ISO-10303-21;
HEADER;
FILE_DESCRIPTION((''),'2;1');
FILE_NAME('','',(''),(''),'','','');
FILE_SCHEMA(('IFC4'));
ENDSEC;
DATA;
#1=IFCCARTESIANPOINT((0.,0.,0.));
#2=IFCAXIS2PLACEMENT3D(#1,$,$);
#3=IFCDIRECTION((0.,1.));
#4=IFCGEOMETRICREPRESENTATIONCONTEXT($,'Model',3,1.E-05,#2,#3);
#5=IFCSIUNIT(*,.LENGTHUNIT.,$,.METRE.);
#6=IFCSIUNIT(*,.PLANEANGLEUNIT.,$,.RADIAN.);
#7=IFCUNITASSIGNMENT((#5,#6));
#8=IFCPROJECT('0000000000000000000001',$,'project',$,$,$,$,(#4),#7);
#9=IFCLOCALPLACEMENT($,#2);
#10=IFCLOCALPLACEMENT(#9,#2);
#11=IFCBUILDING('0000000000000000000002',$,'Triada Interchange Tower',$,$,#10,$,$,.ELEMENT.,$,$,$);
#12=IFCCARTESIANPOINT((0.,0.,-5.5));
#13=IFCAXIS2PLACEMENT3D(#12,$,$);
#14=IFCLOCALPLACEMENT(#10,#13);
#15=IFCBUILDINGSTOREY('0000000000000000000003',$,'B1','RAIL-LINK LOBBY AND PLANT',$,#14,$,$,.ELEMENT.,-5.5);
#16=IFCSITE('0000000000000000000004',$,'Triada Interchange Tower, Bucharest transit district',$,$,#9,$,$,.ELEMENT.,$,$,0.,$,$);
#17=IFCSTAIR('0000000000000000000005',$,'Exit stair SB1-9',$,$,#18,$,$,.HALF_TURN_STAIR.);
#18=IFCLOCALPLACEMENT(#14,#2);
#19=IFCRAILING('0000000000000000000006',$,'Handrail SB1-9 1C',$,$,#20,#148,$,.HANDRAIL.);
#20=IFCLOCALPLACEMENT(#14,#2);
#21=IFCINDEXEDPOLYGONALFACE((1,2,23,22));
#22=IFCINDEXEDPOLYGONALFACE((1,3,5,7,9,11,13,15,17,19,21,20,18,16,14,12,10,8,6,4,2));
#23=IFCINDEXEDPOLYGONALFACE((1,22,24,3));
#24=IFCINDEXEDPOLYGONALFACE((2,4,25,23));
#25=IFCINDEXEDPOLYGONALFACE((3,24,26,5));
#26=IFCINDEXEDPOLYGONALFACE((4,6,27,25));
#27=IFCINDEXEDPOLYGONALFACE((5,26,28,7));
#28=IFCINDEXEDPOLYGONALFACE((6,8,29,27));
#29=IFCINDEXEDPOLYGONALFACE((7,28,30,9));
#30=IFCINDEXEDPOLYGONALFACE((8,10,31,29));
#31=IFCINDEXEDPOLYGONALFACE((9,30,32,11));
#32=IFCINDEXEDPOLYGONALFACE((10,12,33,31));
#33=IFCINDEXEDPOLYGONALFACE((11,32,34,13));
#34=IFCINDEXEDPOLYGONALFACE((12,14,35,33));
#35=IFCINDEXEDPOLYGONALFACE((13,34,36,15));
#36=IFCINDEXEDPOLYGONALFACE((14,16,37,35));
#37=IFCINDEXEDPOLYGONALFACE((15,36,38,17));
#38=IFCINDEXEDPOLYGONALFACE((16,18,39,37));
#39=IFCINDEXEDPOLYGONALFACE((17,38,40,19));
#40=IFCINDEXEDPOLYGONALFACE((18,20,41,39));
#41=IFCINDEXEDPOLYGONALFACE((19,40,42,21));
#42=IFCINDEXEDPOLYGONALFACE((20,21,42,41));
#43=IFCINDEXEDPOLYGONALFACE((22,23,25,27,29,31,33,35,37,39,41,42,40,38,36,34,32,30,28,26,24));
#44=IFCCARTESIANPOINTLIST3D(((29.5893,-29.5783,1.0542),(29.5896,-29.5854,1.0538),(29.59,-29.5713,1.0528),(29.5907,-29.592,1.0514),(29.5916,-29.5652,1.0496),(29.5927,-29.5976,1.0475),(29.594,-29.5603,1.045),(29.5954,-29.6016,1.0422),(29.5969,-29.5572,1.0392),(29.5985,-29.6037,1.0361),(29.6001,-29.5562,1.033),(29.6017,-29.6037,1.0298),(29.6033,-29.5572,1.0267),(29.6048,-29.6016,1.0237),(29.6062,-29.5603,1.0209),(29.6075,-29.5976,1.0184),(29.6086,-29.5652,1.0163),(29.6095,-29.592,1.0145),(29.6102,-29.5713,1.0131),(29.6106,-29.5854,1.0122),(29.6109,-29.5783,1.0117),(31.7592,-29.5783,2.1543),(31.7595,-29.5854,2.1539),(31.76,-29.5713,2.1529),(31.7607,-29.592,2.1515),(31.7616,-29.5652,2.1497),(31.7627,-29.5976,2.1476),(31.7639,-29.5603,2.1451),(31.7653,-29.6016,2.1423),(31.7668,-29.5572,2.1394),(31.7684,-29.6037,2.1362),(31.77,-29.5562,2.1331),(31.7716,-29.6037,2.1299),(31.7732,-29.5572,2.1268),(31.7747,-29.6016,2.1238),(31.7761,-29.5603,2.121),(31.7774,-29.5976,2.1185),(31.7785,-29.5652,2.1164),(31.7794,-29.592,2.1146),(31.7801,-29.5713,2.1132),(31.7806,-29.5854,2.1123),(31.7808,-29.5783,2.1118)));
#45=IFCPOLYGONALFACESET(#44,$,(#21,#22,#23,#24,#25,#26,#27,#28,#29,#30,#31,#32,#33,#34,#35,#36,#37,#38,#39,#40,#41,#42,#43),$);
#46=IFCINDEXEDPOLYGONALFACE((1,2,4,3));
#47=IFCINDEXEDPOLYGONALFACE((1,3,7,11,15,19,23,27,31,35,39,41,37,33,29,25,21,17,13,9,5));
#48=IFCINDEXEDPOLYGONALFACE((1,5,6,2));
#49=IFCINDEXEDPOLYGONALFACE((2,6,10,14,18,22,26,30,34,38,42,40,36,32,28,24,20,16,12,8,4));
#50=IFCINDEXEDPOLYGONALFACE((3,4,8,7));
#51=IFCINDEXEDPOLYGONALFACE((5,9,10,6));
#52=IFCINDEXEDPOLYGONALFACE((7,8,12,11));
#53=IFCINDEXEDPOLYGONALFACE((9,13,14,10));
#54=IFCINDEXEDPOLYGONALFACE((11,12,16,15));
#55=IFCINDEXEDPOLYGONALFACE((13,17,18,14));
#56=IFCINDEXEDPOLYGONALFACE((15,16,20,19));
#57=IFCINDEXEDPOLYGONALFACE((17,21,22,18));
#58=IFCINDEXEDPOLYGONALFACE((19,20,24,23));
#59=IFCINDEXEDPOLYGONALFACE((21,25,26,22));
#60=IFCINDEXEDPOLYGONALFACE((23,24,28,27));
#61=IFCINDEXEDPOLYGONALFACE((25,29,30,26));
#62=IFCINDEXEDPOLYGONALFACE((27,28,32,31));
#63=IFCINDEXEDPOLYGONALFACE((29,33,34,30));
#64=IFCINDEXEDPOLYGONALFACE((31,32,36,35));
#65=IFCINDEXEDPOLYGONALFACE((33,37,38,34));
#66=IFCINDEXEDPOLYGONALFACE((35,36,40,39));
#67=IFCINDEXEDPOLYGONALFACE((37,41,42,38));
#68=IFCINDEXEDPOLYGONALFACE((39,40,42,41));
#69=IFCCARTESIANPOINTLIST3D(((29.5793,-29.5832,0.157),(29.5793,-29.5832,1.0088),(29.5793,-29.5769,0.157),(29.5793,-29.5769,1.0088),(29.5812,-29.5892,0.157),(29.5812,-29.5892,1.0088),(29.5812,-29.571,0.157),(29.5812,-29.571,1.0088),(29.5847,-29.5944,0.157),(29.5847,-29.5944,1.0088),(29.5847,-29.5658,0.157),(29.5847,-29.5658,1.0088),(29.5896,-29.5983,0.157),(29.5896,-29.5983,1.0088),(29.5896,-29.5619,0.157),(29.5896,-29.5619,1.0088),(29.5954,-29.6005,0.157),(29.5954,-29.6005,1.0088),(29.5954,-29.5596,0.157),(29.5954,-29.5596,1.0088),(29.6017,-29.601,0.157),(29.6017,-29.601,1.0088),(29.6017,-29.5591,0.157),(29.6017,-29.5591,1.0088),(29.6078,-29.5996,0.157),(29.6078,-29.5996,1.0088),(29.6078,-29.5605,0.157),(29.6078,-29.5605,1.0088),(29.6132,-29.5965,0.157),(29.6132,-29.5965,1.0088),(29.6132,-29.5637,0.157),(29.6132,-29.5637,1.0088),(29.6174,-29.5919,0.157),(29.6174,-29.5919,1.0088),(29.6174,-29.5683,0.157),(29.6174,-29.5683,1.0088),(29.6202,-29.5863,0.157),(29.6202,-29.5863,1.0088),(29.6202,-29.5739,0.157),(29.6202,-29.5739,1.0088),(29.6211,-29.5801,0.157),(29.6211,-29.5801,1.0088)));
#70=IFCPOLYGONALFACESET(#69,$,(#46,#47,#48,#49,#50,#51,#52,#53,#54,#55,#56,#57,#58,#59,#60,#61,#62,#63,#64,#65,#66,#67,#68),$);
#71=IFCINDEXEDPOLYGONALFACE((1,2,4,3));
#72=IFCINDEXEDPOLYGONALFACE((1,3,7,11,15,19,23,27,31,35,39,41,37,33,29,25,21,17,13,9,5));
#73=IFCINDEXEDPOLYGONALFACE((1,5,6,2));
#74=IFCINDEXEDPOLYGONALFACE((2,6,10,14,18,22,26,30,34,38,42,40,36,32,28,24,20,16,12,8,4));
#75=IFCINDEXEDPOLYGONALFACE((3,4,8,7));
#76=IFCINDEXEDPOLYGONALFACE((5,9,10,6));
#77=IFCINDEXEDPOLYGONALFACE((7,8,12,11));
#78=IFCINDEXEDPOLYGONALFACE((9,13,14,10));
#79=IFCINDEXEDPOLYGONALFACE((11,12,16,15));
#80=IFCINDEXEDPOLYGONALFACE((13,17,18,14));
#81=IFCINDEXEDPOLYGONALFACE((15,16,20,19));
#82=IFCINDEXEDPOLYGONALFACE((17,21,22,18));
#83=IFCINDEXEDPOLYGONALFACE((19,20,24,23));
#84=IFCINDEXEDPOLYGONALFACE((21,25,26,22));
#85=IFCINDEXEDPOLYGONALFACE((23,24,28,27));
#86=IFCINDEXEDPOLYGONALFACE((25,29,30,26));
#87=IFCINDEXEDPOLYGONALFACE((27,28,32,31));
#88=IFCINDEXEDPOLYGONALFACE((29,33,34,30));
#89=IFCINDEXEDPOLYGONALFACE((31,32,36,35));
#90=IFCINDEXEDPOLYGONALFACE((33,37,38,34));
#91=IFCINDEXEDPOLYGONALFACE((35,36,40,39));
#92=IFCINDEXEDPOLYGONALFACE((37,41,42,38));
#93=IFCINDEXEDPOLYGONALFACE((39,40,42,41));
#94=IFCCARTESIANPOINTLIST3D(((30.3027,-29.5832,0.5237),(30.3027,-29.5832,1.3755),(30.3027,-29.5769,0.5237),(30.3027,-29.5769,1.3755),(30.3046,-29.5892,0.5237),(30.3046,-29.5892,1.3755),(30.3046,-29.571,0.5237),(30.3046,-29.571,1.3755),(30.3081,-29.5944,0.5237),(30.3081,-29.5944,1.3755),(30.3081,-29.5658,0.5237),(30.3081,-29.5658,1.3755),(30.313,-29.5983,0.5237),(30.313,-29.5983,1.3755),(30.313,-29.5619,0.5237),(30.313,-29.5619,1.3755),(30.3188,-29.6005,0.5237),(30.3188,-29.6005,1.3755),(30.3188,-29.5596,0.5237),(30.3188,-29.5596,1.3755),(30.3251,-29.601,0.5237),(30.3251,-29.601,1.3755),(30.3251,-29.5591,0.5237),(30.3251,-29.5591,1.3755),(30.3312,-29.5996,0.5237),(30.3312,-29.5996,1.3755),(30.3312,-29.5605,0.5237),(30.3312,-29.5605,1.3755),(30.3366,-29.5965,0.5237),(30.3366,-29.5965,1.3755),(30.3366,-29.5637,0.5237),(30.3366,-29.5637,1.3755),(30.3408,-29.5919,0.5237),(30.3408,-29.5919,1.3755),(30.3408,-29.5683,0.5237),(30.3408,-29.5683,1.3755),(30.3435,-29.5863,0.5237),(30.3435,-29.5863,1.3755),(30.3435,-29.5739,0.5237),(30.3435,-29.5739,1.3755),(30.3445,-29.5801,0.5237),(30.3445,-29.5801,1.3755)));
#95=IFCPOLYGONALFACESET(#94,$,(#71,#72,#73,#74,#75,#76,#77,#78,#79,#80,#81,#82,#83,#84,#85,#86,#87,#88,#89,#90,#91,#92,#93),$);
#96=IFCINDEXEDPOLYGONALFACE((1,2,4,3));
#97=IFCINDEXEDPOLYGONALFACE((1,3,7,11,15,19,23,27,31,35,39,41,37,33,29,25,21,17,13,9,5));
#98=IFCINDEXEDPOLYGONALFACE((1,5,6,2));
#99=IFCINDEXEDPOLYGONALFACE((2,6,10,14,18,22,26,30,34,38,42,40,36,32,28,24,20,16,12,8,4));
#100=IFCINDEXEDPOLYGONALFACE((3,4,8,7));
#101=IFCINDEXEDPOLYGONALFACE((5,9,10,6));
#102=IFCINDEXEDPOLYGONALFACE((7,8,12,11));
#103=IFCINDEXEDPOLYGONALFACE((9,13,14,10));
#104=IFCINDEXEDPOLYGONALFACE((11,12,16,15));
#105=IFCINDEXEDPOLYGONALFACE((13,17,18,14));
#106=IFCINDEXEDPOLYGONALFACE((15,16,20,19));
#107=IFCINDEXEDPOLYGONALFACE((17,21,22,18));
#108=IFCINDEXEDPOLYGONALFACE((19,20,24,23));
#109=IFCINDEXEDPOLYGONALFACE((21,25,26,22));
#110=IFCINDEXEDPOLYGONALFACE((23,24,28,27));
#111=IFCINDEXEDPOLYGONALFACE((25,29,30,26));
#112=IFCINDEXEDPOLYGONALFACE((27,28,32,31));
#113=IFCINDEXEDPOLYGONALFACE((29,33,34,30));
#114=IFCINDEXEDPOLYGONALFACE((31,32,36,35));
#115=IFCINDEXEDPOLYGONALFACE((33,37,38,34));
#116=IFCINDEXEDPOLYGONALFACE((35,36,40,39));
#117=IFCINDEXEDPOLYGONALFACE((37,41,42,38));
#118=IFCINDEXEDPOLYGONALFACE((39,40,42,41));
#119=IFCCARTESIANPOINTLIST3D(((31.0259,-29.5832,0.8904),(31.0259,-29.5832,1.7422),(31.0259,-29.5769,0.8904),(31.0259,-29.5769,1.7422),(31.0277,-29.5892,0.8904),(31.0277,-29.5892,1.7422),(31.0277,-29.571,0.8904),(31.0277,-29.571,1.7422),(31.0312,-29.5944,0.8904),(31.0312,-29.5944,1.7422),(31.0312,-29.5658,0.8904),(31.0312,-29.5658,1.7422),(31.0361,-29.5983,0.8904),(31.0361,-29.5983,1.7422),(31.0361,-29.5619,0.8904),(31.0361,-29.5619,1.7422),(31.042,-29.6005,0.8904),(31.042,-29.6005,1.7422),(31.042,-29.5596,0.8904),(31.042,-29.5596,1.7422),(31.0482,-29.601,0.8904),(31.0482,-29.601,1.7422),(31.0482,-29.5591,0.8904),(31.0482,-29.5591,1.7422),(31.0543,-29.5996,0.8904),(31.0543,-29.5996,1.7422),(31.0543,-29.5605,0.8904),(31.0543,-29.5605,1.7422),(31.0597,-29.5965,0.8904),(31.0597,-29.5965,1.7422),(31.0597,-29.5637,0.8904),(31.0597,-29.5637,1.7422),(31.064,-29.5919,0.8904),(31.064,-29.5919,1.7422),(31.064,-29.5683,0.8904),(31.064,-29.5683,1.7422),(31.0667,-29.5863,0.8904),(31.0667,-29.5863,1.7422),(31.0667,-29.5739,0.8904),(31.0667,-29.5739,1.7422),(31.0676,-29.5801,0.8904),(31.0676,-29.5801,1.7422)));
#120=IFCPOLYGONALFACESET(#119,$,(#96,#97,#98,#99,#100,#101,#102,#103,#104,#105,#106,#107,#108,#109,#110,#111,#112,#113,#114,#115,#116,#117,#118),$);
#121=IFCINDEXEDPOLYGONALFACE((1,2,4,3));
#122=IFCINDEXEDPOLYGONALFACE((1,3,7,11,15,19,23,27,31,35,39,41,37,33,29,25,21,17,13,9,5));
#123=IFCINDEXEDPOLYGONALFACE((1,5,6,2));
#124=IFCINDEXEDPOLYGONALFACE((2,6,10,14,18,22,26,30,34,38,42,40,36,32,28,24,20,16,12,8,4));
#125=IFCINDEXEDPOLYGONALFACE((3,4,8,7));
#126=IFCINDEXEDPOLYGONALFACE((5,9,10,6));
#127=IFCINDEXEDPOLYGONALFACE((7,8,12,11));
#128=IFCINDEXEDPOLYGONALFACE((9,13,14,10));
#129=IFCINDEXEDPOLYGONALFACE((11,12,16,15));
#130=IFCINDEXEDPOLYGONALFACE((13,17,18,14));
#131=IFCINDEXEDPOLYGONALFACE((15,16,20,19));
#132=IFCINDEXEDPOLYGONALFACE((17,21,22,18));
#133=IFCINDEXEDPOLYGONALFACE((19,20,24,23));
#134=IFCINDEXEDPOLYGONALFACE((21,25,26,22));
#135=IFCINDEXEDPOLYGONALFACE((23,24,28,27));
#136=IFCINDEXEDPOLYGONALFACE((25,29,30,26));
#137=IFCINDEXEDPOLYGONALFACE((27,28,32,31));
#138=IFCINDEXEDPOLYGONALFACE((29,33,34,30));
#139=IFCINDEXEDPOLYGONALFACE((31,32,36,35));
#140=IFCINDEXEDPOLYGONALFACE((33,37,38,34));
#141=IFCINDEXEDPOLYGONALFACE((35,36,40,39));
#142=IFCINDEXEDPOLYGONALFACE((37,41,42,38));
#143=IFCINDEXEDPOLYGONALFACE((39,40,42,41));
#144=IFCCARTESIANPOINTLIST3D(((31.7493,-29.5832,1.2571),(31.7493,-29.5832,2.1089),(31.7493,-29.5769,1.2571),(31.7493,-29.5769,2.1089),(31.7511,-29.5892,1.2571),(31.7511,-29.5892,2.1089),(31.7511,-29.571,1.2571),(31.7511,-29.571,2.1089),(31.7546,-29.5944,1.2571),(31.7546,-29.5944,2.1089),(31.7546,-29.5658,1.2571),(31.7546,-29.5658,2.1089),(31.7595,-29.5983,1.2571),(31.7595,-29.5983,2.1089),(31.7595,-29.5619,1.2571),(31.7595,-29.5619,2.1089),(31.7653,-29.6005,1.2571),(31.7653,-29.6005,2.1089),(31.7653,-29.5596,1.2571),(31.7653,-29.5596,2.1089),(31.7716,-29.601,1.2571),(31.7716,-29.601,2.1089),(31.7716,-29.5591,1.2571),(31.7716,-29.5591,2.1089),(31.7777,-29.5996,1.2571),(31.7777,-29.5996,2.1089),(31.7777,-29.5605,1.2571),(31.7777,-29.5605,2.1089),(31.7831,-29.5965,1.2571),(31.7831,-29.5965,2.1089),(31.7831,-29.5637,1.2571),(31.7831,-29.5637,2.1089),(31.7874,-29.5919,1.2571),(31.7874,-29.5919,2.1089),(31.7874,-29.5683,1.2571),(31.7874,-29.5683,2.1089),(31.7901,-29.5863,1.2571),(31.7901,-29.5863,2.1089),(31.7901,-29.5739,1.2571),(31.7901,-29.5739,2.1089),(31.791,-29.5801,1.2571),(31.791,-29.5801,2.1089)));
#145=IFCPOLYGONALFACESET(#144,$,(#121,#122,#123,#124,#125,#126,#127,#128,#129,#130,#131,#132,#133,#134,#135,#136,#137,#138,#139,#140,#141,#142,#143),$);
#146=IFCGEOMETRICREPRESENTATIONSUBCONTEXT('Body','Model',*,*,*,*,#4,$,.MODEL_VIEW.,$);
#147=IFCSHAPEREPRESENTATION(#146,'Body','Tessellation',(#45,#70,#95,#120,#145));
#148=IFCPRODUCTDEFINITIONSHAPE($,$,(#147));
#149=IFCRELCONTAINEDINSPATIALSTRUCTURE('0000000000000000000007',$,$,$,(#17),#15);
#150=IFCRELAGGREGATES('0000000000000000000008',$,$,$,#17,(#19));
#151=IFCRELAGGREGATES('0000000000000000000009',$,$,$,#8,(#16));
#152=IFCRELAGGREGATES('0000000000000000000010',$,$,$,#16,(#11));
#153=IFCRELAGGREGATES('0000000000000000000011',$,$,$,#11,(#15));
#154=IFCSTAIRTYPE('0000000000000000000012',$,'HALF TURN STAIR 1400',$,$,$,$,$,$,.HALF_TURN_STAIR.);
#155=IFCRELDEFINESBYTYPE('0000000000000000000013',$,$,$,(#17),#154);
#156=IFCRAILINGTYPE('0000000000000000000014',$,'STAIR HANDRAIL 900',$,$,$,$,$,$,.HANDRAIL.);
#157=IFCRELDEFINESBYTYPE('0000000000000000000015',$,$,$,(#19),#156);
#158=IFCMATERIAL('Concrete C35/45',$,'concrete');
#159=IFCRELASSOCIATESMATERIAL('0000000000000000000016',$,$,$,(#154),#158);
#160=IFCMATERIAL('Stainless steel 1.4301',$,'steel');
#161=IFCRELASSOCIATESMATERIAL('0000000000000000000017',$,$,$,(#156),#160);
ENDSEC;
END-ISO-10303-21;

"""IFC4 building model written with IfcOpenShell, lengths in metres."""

from ifc_helpers import new_model, si_unit, direction, frame, origin, origin_2d, place, context, subcontext, project, spatial, circle, extrude, material, type_object, element, aggregate, save


model = new_model("IFC4")

# Units and contexts
model_context = context("Model", 3, precision=1e-05, world=origin(), true_north=direction((0.0, 1.0)))
body_context = subcontext(model_context, "Body", "Model", "MODEL_VIEW")
ifc_project = project(units=[si_unit("LENGTHUNIT", "METRE"), si_unit("PLANEANGLEUNIT", "RADIAN")], contexts=[model_context])

# Site, building, storey
site_placement = place(None, origin())
site = spatial("IfcSite", under=ifc_project, at=site_placement, Name="Triada Interchange Tower, Bucharest transit district", CompositionType="ELEMENT", RefElevation=0.0)
building_placement = place(site_placement, origin())
building = spatial("IfcBuilding", under=site, at=building_placement, Name="Triada Interchange Tower", CompositionType="ELEMENT")
storey_placement = place(building_placement, frame((0.0, 0.0, -5.5)))
storey = spatial("IfcBuildingStorey", under=building, at=storey_placement, Name="B1", Description="RAIL-LINK LOBBY AND PLANT", CompositionType="ELEMENT", Elevation=-5.5)

# Shared definitions
ifc_material_1 = material(Name="Concrete C35/45", Category="concrete")

# Stair, railing
stair_type = type_object("IfcStairType", Name="HALF TURN STAIR 1400", PredefinedType="HALF_TURN_STAIR", material=ifc_material_1)
stair_placement = place(storey_placement, origin())
stair = element("IfcStair", 1, at=stair_placement, inside=storey, type_object=stair_type, Name="Exit stair SB1-9", PredefinedType="HALF_TURN_STAIR")
ifc_material_2 = material(Name="Stainless steel 1.4301", Category="steel")
railing_type_1 = type_object("IfcRailingType", Name="STAIR HANDRAIL 900", PredefinedType="HANDRAIL", material=ifc_material_2)
railing_1_placement = place(storey_placement, frame((29.6001, -29.5801, 0.157)))
railing_1 = element("IfcRailing", 2, at=railing_1_placement, type_object=railing_type_1, Name="Handrail SB1-9 1C", PredefinedType="HANDRAIL", context=body_context, shape_type="SweptSolid", body=[
    extrude(circle(Radius=0.0239, at=origin_2d()), frame((0.0, 0.0, 0.876), z_axis=(0.891925, 0.0, 0.452184), x_axis=(0.0, 1.0, 0.0)), (0.0, 0.0, 1.0), 2.4329),
    extrude(circle(Radius=0.021, at=origin_2d()), origin(), (0.0, 0.0, 1.0), 0.8518),
    extrude(circle(Radius=0.021, at=origin_2d()), frame((0.7234, 0.0, 0.3667)), (0.0, 0.0, 1.0), 0.8518),
    extrude(circle(Radius=0.021, at=origin_2d()), frame((1.4465, 0.0, 0.7334)), (0.0, 0.0, 1.0), 0.8518),
    extrude(circle(Radius=0.021, at=origin_2d()), frame((2.1699, 0.0, 1.1001)), (0.0, 0.0, 1.0), 0.8518),
])
aggregate(stair, [railing_1])

save(model, "model.ifc")
